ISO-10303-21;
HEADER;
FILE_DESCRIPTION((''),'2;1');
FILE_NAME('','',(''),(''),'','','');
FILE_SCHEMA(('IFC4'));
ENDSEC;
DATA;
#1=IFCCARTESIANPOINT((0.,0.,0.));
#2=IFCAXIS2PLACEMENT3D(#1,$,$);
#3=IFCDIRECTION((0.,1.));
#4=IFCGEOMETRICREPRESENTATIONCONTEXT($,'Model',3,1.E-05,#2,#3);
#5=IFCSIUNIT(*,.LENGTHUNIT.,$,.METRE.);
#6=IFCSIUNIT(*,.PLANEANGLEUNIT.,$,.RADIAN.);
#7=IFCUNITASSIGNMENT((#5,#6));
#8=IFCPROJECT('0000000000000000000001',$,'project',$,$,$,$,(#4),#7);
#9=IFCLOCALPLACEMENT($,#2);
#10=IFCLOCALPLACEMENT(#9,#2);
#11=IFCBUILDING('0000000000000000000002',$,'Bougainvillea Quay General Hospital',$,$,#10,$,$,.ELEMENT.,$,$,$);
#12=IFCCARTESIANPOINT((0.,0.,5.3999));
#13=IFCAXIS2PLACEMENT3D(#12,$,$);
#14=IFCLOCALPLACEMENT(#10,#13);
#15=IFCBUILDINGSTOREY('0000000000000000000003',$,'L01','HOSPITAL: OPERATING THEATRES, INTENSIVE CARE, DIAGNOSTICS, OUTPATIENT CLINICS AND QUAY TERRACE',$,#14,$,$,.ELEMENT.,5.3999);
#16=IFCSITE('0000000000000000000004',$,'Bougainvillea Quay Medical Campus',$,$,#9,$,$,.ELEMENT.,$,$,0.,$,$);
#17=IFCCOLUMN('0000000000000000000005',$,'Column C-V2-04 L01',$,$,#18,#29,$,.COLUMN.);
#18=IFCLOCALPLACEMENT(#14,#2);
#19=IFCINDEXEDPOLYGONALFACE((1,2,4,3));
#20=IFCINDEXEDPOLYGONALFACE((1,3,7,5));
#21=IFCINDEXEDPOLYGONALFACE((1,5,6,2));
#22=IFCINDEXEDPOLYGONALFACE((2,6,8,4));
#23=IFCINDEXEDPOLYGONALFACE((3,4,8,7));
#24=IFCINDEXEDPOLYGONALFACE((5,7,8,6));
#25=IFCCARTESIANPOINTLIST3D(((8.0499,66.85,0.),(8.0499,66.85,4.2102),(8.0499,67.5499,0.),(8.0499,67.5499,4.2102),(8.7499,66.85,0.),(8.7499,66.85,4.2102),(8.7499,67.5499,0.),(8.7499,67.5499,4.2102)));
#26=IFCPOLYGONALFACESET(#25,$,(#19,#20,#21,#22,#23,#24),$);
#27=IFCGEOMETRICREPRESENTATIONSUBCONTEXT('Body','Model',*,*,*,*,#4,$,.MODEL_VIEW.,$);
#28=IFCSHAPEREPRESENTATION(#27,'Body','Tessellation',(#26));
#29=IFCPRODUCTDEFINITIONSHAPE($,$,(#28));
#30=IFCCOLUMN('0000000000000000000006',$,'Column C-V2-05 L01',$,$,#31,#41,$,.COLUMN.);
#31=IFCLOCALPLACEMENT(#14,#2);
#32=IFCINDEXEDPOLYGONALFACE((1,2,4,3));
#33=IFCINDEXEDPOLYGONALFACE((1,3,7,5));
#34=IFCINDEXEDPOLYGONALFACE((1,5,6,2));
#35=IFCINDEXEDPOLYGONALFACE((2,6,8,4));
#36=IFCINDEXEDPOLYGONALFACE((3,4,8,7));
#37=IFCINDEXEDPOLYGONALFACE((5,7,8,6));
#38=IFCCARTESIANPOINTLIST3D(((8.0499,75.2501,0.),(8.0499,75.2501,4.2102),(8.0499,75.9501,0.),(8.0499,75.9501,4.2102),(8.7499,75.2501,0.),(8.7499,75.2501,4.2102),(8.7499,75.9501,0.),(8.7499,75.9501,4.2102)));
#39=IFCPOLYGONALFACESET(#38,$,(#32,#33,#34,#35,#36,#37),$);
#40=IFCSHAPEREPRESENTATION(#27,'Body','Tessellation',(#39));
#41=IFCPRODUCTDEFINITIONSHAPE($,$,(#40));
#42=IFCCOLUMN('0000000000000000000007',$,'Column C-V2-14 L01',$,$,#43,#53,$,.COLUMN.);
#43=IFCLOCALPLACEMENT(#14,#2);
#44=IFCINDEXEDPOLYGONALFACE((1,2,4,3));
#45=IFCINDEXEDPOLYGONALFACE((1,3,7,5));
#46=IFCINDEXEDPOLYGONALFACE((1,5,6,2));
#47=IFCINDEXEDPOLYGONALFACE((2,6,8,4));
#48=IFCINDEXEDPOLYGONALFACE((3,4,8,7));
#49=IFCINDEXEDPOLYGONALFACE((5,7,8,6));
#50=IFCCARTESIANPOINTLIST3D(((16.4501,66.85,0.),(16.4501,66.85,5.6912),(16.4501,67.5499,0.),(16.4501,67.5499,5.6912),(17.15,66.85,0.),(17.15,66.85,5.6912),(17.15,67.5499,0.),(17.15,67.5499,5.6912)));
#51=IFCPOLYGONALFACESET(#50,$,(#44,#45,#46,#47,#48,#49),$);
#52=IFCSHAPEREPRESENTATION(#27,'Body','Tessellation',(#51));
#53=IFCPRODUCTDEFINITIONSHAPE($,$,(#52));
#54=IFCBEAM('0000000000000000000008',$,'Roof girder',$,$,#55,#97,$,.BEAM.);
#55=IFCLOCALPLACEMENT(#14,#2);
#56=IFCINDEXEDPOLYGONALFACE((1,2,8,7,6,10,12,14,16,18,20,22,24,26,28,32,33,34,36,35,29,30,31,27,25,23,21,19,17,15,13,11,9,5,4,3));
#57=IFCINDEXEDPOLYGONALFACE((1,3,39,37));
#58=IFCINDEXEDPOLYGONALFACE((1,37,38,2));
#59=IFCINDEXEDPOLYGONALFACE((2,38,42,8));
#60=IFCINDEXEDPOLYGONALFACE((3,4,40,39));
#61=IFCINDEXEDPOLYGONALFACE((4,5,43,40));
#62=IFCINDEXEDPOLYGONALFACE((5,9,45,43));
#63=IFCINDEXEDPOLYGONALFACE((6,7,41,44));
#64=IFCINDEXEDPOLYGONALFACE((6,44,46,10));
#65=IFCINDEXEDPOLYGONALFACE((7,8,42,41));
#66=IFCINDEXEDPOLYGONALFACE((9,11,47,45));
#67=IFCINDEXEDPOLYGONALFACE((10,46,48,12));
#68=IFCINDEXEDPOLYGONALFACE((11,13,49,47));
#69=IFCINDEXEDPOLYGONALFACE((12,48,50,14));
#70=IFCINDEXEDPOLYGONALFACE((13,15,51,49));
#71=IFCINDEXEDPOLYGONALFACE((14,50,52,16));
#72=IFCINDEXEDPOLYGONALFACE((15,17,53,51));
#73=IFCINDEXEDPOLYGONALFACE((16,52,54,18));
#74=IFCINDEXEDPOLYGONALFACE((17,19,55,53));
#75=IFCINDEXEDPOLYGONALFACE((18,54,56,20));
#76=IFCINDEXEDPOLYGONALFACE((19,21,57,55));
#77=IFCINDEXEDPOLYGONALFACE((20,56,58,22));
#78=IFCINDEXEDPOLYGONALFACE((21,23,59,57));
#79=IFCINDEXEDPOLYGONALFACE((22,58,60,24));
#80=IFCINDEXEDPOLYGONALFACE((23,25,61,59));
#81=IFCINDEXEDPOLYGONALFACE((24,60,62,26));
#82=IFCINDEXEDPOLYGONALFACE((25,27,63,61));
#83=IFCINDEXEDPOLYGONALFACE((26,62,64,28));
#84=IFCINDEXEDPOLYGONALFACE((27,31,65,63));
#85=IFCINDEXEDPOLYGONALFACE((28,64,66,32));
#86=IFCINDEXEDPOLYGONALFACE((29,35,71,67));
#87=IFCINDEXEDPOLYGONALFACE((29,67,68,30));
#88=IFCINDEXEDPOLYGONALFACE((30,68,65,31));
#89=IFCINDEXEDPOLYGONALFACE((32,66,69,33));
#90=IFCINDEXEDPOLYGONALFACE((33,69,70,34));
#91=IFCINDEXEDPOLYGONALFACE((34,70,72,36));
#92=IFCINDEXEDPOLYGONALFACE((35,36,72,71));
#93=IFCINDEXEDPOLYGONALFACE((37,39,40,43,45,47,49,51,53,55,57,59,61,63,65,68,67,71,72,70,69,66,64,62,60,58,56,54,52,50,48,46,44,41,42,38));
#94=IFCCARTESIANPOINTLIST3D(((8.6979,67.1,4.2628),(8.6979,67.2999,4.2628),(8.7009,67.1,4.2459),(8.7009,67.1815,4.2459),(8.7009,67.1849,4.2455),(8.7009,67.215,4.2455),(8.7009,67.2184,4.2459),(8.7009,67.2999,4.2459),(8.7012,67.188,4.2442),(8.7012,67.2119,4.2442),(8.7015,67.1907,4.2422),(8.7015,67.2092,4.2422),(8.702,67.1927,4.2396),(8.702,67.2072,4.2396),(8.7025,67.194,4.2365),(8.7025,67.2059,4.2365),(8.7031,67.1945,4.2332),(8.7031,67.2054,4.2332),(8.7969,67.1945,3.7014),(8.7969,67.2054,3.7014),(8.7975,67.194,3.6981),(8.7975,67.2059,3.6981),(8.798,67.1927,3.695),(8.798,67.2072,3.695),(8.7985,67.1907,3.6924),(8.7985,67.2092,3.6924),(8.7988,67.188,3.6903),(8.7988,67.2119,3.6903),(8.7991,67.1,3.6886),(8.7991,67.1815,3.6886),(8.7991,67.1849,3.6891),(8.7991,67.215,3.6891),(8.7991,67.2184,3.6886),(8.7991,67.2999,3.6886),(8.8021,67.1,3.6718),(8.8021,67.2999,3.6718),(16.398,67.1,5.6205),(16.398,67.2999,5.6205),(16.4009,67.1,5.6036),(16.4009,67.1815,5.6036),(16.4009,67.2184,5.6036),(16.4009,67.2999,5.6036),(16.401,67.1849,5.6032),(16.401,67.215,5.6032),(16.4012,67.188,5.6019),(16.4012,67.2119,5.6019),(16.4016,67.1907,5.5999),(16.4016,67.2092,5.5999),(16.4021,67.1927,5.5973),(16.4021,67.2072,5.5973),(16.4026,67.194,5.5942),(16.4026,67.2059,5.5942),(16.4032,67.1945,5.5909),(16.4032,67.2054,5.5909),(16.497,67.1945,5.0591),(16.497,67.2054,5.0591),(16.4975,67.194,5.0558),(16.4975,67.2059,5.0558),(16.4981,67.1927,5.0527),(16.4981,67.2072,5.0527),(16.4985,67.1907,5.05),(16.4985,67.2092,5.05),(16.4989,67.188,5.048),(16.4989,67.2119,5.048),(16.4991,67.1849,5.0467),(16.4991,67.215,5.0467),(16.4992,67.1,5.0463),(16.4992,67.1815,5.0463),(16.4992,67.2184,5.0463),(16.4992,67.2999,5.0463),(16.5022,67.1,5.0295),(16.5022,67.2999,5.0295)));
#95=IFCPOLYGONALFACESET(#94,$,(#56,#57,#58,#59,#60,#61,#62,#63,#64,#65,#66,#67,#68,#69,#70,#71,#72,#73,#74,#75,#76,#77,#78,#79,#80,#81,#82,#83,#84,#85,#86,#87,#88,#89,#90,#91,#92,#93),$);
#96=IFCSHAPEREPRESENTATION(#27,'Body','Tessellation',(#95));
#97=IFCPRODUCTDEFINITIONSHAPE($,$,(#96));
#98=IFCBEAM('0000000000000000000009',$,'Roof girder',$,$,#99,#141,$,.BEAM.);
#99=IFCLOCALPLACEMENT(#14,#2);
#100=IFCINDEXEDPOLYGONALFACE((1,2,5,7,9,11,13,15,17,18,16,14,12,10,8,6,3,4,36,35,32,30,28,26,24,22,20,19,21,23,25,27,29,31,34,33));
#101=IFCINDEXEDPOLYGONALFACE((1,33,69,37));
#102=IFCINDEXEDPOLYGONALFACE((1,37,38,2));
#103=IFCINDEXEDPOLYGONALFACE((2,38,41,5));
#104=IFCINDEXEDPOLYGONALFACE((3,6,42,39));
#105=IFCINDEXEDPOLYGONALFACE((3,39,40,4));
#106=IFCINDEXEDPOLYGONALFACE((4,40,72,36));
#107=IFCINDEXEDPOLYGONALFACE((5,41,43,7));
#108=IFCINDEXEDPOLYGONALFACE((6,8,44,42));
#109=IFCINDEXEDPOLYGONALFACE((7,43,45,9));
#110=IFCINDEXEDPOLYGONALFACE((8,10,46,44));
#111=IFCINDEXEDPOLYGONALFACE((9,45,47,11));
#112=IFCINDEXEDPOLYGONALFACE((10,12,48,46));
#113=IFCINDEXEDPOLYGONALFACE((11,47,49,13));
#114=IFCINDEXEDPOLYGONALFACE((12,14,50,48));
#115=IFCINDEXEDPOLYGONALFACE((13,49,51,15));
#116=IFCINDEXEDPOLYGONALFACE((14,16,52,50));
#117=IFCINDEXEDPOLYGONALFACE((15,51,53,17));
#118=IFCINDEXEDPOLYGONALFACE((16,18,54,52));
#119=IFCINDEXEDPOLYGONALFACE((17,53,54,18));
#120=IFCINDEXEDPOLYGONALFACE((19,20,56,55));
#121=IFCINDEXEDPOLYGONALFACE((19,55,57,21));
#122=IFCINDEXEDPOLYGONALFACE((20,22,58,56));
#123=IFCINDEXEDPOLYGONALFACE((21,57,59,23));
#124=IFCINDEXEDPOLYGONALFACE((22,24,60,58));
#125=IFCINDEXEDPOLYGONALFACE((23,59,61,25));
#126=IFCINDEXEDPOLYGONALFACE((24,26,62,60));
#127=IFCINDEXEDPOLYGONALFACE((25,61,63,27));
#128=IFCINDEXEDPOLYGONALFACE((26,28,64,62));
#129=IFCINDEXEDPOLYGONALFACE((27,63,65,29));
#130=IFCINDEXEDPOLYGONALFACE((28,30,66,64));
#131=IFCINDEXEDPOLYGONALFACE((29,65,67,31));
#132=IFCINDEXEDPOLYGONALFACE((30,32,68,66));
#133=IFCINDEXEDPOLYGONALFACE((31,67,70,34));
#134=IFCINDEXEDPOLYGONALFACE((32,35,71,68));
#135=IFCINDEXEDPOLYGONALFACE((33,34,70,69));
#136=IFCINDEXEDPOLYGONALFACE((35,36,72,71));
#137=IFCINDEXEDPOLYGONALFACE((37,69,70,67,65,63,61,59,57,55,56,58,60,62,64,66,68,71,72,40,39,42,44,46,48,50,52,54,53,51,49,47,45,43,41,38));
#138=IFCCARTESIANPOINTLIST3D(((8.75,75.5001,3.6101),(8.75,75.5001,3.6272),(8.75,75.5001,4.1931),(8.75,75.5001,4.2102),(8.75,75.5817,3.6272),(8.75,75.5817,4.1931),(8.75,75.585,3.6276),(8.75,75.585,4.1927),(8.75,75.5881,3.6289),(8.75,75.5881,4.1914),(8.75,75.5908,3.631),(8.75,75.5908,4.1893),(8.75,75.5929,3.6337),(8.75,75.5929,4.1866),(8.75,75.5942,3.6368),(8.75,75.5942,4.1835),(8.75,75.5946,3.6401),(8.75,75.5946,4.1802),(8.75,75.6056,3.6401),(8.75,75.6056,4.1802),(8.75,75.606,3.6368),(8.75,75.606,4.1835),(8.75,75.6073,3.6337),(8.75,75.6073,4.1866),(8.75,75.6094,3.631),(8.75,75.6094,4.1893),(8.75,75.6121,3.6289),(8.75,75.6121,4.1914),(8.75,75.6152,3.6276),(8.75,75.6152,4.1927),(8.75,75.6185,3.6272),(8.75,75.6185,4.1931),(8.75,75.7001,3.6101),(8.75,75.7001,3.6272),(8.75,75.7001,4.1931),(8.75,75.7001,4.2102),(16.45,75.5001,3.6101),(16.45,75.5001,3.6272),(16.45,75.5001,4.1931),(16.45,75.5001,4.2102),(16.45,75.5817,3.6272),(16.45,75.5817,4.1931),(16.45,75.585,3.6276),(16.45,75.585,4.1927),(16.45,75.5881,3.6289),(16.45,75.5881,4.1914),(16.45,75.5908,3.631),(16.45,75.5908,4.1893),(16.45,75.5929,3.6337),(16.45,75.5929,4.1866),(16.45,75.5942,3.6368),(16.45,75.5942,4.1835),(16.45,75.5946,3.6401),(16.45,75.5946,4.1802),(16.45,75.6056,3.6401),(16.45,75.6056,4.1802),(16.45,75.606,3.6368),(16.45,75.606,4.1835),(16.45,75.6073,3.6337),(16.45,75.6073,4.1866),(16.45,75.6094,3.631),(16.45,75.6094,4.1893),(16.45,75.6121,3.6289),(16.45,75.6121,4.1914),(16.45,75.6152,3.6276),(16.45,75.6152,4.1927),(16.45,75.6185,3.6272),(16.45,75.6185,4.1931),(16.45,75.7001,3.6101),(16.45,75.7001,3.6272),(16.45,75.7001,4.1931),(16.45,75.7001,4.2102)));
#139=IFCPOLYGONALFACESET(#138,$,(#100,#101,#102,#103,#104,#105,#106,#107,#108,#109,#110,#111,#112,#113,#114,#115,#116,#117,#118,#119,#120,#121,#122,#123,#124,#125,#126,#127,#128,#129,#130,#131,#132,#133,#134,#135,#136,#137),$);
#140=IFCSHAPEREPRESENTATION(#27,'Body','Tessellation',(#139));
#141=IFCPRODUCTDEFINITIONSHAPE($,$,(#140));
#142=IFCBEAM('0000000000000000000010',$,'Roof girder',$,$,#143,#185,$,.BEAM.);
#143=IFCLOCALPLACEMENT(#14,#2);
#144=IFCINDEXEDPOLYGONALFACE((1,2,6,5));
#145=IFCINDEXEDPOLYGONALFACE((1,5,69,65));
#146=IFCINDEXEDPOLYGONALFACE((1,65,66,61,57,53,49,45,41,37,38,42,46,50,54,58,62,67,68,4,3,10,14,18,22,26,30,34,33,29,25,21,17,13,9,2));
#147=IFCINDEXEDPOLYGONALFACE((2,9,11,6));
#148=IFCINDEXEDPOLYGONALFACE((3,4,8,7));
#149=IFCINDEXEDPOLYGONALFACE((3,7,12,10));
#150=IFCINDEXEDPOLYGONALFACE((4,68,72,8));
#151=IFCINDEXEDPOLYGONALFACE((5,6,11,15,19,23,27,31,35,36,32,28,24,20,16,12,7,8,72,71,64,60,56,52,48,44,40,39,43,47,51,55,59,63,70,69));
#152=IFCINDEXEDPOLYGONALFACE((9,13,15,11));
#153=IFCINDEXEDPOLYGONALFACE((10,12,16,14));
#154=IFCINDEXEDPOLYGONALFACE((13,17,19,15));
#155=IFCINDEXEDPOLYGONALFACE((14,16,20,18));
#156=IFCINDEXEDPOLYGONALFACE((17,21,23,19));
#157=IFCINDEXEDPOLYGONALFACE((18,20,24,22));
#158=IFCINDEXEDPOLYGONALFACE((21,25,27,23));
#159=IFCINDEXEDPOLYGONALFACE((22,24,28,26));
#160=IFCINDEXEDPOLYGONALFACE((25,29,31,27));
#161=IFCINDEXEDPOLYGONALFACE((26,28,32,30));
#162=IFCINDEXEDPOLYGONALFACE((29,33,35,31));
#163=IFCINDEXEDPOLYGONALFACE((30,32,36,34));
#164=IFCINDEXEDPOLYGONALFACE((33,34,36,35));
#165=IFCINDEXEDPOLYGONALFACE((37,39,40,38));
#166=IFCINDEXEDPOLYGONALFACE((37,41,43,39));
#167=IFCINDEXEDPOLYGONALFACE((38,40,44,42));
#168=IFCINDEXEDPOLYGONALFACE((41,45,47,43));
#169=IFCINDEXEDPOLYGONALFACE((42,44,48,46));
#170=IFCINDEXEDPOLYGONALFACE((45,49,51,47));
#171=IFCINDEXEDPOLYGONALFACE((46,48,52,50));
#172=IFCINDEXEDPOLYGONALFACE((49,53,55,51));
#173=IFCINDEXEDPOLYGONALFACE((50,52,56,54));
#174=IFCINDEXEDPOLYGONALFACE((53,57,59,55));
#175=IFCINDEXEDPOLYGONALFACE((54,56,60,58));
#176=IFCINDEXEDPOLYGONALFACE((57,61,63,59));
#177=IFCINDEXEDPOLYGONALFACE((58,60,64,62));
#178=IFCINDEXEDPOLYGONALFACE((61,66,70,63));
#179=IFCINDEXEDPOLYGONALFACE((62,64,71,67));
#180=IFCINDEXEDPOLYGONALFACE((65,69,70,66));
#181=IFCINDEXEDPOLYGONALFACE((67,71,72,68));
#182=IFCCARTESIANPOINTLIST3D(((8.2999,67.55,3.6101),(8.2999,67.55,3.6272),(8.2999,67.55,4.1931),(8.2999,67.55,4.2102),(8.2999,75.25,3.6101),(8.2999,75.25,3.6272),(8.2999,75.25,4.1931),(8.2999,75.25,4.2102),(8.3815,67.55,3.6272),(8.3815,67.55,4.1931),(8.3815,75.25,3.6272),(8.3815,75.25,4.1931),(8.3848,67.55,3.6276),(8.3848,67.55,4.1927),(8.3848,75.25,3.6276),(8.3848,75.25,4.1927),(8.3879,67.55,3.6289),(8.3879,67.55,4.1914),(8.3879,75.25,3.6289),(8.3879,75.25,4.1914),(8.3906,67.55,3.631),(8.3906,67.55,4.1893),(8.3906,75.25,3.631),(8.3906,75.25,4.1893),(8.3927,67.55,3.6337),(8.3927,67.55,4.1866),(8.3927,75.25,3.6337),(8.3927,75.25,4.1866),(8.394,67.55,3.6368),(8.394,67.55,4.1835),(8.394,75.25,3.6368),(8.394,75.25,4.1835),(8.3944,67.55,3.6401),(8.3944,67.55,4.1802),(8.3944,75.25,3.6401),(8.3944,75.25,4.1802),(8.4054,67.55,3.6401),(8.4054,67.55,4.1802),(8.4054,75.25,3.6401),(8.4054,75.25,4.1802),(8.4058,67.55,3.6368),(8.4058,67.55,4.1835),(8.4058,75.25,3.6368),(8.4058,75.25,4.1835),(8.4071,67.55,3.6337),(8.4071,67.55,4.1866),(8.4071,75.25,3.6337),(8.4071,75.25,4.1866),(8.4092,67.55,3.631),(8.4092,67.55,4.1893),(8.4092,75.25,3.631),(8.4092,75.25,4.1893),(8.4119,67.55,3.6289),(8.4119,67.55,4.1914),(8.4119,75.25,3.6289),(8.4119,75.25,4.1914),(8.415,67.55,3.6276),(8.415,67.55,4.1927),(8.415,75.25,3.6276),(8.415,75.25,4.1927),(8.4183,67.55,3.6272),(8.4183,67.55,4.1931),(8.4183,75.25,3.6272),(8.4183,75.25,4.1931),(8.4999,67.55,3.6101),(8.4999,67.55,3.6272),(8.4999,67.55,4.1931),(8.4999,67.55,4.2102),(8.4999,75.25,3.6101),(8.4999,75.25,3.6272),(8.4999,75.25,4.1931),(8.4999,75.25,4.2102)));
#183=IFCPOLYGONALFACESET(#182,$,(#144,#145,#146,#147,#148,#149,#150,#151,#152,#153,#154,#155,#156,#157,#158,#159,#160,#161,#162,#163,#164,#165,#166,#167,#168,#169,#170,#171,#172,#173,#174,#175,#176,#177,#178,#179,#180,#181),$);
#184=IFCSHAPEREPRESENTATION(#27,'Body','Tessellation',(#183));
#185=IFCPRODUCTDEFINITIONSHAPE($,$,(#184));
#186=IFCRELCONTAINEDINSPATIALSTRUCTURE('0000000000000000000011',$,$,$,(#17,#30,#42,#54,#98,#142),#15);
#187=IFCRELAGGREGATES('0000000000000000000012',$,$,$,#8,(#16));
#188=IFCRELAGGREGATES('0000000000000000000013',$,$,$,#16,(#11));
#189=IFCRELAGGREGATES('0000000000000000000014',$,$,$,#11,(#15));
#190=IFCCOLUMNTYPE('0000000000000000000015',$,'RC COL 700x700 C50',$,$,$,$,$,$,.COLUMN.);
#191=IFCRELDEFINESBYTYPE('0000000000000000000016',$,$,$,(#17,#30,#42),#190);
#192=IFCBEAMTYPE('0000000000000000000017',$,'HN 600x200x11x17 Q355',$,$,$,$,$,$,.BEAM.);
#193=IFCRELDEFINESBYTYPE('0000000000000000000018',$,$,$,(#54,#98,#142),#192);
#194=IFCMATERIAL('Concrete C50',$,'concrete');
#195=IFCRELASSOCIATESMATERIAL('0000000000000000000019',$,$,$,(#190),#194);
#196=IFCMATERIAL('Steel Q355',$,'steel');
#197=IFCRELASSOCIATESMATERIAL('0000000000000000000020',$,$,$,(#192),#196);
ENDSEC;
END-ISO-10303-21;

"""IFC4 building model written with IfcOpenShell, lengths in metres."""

from ifc_helpers import new_model, si_unit, direction, frame, origin, origin_2d, place, context, subcontext, project, spatial, rectangle, i_section, extrude, material, material_profile, profile_set, type_object, element, save


model = new_model("IFC4")

# Units and contexts
model_context = context("Model", 3, precision=1e-05, world=origin(), true_north=direction((0.0, 1.0)))
body_context = subcontext(model_context, "Body", "Model", "MODEL_VIEW")
ifc_project = project(units=[si_unit("LENGTHUNIT", "METRE"), si_unit("PLANEANGLEUNIT", "RADIAN")], contexts=[model_context])

# Site, building, storey
site_placement = place(None, origin())
site = spatial("IfcSite", under=ifc_project, at=site_placement, Name="Bougainvillea Quay Medical Campus", CompositionType="ELEMENT", RefElevation=0.0)
building_placement = place(site_placement, origin())
building = spatial("IfcBuilding", under=site, at=building_placement, Name="Bougainvillea Quay General Hospital", CompositionType="ELEMENT")
storey_placement = place(building_placement, frame((0.0, 0.0, 5.3999)))
storey = spatial("IfcBuildingStorey", under=building, at=storey_placement, Name="L01", Description="HOSPITAL: OPERATING THEATRES, INTENSIVE CARE, DIAGNOSTICS, OUTPATIENT CLINICS AND QUAY TERRACE", CompositionType="ELEMENT", Elevation=5.3999)

# Columns
ifc_material_1 = material(Name="Concrete C50", Category="concrete")
ifc_material_profile_1 = material_profile(ifc_material_1, rectangle(XDim=0.7, YDim=0.7, at=origin_2d()))
ifc_profile_set_1 = profile_set([ifc_material_profile_1], Name="Concrete C50")
column_type = type_object("IfcColumnType", Name="RC COL 700x700 C50", PredefinedType="COLUMN", material=ifc_profile_set_1)
for number, where, z_axis, x_axis, name in (
    (1, (8.3999, 67.2, 0.0), (0.0, 0.0, 1.0), (1.0, 0.0, 0.0), "Column C-V2-04 L01"),
    (2, (8.3999, 75.6001, 0.0), (0.0, 0.0, 1.0), (1.0, 0.0, 0.0), "Column C-V2-05 L01"),
):
    element("IfcColumn", number, at=place(storey_placement, frame(where, z_axis=z_axis, x_axis=x_axis)), inside=storey, type_object=column_type, Name=name, PredefinedType="COLUMN", context=body_context, shape_type="SweptSolid", body=[
        extrude(rectangle(XDim=0.7, YDim=0.7, at=origin_2d()), origin(), (0.0, 0.0, 1.0), 4.2102),
    ])
column_placement = place(storey_placement, frame((16.8, 67.2, 0.0), z_axis=(0.0, 0.0, 1.0), x_axis=(1.0, 0.0, 0.0)))
element("IfcColumn", 3, at=column_placement, inside=storey, type_object=column_type, Name="Column C-V2-14 L01", PredefinedType="COLUMN", context=body_context, shape_type="SweptSolid", body=[
    extrude(rectangle(XDim=0.7, YDim=0.7, at=origin_2d()), origin(), (0.0, 0.0, 1.0), 5.6912),
])

# Beams
ifc_material_2 = material(Name="Steel Q355", Category="steel")
ifc_material_profile_2 = material_profile(ifc_material_2, i_section(OverallWidth=0.2, OverallDepth=0.6001, WebThickness=0.011, FlangeThickness=0.0171, FilletRadius=0.0129, at=origin_2d()))
ifc_profile_set_2 = profile_set([ifc_material_profile_2], Name="Steel Q355")
beam_type_1 = type_object("IfcBeamType", Name="HN 600x200x11x17 Q355", PredefinedType="BEAM", material=ifc_profile_set_2)
beam_1_placement = place(storey_placement, frame((8.75, 67.2, 3.9673), z_axis=(0.984809, 0.0, 0.173643), x_axis=(0.0, 1.0, 0.0)))
element("IfcBeam", 4, at=beam_1_placement, inside=storey, type_object=beam_type_1, Name="Roof girder", PredefinedType="BEAM", context=body_context, shape_type="SweptSolid", body=[
    extrude(i_section(OverallWidth=0.2, OverallDepth=0.6001, WebThickness=0.011, FlangeThickness=0.0171, FilletRadius=0.0129, at=origin_2d()), origin(), (0.0, 0.0, 1.0), 7.8188),
])
for number, where, z_axis, x_axis, name in (
    (5, (8.75, 75.6001, 3.9102), (1.0, 0.0, 0.0), (0.0, 1.0, 0.0), "Roof girder"),
    (6, (8.3999, 67.55, 3.9102), (0.0, 1.0, 0.0), (-1.0, 0.0, 0.0), "Roof girder"),
):
    element("IfcBeam", number, at=place(storey_placement, frame(where, z_axis=z_axis, x_axis=x_axis)), inside=storey, type_object=beam_type_1, Name=name, PredefinedType="BEAM", context=body_context, shape_type="SweptSolid", body=[
        extrude(i_section(OverallWidth=0.2, OverallDepth=0.6001, WebThickness=0.011, FlangeThickness=0.0171, FilletRadius=0.0129, at=origin_2d()), origin(), (0.0, 0.0, 1.0), 7.7),
    ])

save(model, "model.ifc")
